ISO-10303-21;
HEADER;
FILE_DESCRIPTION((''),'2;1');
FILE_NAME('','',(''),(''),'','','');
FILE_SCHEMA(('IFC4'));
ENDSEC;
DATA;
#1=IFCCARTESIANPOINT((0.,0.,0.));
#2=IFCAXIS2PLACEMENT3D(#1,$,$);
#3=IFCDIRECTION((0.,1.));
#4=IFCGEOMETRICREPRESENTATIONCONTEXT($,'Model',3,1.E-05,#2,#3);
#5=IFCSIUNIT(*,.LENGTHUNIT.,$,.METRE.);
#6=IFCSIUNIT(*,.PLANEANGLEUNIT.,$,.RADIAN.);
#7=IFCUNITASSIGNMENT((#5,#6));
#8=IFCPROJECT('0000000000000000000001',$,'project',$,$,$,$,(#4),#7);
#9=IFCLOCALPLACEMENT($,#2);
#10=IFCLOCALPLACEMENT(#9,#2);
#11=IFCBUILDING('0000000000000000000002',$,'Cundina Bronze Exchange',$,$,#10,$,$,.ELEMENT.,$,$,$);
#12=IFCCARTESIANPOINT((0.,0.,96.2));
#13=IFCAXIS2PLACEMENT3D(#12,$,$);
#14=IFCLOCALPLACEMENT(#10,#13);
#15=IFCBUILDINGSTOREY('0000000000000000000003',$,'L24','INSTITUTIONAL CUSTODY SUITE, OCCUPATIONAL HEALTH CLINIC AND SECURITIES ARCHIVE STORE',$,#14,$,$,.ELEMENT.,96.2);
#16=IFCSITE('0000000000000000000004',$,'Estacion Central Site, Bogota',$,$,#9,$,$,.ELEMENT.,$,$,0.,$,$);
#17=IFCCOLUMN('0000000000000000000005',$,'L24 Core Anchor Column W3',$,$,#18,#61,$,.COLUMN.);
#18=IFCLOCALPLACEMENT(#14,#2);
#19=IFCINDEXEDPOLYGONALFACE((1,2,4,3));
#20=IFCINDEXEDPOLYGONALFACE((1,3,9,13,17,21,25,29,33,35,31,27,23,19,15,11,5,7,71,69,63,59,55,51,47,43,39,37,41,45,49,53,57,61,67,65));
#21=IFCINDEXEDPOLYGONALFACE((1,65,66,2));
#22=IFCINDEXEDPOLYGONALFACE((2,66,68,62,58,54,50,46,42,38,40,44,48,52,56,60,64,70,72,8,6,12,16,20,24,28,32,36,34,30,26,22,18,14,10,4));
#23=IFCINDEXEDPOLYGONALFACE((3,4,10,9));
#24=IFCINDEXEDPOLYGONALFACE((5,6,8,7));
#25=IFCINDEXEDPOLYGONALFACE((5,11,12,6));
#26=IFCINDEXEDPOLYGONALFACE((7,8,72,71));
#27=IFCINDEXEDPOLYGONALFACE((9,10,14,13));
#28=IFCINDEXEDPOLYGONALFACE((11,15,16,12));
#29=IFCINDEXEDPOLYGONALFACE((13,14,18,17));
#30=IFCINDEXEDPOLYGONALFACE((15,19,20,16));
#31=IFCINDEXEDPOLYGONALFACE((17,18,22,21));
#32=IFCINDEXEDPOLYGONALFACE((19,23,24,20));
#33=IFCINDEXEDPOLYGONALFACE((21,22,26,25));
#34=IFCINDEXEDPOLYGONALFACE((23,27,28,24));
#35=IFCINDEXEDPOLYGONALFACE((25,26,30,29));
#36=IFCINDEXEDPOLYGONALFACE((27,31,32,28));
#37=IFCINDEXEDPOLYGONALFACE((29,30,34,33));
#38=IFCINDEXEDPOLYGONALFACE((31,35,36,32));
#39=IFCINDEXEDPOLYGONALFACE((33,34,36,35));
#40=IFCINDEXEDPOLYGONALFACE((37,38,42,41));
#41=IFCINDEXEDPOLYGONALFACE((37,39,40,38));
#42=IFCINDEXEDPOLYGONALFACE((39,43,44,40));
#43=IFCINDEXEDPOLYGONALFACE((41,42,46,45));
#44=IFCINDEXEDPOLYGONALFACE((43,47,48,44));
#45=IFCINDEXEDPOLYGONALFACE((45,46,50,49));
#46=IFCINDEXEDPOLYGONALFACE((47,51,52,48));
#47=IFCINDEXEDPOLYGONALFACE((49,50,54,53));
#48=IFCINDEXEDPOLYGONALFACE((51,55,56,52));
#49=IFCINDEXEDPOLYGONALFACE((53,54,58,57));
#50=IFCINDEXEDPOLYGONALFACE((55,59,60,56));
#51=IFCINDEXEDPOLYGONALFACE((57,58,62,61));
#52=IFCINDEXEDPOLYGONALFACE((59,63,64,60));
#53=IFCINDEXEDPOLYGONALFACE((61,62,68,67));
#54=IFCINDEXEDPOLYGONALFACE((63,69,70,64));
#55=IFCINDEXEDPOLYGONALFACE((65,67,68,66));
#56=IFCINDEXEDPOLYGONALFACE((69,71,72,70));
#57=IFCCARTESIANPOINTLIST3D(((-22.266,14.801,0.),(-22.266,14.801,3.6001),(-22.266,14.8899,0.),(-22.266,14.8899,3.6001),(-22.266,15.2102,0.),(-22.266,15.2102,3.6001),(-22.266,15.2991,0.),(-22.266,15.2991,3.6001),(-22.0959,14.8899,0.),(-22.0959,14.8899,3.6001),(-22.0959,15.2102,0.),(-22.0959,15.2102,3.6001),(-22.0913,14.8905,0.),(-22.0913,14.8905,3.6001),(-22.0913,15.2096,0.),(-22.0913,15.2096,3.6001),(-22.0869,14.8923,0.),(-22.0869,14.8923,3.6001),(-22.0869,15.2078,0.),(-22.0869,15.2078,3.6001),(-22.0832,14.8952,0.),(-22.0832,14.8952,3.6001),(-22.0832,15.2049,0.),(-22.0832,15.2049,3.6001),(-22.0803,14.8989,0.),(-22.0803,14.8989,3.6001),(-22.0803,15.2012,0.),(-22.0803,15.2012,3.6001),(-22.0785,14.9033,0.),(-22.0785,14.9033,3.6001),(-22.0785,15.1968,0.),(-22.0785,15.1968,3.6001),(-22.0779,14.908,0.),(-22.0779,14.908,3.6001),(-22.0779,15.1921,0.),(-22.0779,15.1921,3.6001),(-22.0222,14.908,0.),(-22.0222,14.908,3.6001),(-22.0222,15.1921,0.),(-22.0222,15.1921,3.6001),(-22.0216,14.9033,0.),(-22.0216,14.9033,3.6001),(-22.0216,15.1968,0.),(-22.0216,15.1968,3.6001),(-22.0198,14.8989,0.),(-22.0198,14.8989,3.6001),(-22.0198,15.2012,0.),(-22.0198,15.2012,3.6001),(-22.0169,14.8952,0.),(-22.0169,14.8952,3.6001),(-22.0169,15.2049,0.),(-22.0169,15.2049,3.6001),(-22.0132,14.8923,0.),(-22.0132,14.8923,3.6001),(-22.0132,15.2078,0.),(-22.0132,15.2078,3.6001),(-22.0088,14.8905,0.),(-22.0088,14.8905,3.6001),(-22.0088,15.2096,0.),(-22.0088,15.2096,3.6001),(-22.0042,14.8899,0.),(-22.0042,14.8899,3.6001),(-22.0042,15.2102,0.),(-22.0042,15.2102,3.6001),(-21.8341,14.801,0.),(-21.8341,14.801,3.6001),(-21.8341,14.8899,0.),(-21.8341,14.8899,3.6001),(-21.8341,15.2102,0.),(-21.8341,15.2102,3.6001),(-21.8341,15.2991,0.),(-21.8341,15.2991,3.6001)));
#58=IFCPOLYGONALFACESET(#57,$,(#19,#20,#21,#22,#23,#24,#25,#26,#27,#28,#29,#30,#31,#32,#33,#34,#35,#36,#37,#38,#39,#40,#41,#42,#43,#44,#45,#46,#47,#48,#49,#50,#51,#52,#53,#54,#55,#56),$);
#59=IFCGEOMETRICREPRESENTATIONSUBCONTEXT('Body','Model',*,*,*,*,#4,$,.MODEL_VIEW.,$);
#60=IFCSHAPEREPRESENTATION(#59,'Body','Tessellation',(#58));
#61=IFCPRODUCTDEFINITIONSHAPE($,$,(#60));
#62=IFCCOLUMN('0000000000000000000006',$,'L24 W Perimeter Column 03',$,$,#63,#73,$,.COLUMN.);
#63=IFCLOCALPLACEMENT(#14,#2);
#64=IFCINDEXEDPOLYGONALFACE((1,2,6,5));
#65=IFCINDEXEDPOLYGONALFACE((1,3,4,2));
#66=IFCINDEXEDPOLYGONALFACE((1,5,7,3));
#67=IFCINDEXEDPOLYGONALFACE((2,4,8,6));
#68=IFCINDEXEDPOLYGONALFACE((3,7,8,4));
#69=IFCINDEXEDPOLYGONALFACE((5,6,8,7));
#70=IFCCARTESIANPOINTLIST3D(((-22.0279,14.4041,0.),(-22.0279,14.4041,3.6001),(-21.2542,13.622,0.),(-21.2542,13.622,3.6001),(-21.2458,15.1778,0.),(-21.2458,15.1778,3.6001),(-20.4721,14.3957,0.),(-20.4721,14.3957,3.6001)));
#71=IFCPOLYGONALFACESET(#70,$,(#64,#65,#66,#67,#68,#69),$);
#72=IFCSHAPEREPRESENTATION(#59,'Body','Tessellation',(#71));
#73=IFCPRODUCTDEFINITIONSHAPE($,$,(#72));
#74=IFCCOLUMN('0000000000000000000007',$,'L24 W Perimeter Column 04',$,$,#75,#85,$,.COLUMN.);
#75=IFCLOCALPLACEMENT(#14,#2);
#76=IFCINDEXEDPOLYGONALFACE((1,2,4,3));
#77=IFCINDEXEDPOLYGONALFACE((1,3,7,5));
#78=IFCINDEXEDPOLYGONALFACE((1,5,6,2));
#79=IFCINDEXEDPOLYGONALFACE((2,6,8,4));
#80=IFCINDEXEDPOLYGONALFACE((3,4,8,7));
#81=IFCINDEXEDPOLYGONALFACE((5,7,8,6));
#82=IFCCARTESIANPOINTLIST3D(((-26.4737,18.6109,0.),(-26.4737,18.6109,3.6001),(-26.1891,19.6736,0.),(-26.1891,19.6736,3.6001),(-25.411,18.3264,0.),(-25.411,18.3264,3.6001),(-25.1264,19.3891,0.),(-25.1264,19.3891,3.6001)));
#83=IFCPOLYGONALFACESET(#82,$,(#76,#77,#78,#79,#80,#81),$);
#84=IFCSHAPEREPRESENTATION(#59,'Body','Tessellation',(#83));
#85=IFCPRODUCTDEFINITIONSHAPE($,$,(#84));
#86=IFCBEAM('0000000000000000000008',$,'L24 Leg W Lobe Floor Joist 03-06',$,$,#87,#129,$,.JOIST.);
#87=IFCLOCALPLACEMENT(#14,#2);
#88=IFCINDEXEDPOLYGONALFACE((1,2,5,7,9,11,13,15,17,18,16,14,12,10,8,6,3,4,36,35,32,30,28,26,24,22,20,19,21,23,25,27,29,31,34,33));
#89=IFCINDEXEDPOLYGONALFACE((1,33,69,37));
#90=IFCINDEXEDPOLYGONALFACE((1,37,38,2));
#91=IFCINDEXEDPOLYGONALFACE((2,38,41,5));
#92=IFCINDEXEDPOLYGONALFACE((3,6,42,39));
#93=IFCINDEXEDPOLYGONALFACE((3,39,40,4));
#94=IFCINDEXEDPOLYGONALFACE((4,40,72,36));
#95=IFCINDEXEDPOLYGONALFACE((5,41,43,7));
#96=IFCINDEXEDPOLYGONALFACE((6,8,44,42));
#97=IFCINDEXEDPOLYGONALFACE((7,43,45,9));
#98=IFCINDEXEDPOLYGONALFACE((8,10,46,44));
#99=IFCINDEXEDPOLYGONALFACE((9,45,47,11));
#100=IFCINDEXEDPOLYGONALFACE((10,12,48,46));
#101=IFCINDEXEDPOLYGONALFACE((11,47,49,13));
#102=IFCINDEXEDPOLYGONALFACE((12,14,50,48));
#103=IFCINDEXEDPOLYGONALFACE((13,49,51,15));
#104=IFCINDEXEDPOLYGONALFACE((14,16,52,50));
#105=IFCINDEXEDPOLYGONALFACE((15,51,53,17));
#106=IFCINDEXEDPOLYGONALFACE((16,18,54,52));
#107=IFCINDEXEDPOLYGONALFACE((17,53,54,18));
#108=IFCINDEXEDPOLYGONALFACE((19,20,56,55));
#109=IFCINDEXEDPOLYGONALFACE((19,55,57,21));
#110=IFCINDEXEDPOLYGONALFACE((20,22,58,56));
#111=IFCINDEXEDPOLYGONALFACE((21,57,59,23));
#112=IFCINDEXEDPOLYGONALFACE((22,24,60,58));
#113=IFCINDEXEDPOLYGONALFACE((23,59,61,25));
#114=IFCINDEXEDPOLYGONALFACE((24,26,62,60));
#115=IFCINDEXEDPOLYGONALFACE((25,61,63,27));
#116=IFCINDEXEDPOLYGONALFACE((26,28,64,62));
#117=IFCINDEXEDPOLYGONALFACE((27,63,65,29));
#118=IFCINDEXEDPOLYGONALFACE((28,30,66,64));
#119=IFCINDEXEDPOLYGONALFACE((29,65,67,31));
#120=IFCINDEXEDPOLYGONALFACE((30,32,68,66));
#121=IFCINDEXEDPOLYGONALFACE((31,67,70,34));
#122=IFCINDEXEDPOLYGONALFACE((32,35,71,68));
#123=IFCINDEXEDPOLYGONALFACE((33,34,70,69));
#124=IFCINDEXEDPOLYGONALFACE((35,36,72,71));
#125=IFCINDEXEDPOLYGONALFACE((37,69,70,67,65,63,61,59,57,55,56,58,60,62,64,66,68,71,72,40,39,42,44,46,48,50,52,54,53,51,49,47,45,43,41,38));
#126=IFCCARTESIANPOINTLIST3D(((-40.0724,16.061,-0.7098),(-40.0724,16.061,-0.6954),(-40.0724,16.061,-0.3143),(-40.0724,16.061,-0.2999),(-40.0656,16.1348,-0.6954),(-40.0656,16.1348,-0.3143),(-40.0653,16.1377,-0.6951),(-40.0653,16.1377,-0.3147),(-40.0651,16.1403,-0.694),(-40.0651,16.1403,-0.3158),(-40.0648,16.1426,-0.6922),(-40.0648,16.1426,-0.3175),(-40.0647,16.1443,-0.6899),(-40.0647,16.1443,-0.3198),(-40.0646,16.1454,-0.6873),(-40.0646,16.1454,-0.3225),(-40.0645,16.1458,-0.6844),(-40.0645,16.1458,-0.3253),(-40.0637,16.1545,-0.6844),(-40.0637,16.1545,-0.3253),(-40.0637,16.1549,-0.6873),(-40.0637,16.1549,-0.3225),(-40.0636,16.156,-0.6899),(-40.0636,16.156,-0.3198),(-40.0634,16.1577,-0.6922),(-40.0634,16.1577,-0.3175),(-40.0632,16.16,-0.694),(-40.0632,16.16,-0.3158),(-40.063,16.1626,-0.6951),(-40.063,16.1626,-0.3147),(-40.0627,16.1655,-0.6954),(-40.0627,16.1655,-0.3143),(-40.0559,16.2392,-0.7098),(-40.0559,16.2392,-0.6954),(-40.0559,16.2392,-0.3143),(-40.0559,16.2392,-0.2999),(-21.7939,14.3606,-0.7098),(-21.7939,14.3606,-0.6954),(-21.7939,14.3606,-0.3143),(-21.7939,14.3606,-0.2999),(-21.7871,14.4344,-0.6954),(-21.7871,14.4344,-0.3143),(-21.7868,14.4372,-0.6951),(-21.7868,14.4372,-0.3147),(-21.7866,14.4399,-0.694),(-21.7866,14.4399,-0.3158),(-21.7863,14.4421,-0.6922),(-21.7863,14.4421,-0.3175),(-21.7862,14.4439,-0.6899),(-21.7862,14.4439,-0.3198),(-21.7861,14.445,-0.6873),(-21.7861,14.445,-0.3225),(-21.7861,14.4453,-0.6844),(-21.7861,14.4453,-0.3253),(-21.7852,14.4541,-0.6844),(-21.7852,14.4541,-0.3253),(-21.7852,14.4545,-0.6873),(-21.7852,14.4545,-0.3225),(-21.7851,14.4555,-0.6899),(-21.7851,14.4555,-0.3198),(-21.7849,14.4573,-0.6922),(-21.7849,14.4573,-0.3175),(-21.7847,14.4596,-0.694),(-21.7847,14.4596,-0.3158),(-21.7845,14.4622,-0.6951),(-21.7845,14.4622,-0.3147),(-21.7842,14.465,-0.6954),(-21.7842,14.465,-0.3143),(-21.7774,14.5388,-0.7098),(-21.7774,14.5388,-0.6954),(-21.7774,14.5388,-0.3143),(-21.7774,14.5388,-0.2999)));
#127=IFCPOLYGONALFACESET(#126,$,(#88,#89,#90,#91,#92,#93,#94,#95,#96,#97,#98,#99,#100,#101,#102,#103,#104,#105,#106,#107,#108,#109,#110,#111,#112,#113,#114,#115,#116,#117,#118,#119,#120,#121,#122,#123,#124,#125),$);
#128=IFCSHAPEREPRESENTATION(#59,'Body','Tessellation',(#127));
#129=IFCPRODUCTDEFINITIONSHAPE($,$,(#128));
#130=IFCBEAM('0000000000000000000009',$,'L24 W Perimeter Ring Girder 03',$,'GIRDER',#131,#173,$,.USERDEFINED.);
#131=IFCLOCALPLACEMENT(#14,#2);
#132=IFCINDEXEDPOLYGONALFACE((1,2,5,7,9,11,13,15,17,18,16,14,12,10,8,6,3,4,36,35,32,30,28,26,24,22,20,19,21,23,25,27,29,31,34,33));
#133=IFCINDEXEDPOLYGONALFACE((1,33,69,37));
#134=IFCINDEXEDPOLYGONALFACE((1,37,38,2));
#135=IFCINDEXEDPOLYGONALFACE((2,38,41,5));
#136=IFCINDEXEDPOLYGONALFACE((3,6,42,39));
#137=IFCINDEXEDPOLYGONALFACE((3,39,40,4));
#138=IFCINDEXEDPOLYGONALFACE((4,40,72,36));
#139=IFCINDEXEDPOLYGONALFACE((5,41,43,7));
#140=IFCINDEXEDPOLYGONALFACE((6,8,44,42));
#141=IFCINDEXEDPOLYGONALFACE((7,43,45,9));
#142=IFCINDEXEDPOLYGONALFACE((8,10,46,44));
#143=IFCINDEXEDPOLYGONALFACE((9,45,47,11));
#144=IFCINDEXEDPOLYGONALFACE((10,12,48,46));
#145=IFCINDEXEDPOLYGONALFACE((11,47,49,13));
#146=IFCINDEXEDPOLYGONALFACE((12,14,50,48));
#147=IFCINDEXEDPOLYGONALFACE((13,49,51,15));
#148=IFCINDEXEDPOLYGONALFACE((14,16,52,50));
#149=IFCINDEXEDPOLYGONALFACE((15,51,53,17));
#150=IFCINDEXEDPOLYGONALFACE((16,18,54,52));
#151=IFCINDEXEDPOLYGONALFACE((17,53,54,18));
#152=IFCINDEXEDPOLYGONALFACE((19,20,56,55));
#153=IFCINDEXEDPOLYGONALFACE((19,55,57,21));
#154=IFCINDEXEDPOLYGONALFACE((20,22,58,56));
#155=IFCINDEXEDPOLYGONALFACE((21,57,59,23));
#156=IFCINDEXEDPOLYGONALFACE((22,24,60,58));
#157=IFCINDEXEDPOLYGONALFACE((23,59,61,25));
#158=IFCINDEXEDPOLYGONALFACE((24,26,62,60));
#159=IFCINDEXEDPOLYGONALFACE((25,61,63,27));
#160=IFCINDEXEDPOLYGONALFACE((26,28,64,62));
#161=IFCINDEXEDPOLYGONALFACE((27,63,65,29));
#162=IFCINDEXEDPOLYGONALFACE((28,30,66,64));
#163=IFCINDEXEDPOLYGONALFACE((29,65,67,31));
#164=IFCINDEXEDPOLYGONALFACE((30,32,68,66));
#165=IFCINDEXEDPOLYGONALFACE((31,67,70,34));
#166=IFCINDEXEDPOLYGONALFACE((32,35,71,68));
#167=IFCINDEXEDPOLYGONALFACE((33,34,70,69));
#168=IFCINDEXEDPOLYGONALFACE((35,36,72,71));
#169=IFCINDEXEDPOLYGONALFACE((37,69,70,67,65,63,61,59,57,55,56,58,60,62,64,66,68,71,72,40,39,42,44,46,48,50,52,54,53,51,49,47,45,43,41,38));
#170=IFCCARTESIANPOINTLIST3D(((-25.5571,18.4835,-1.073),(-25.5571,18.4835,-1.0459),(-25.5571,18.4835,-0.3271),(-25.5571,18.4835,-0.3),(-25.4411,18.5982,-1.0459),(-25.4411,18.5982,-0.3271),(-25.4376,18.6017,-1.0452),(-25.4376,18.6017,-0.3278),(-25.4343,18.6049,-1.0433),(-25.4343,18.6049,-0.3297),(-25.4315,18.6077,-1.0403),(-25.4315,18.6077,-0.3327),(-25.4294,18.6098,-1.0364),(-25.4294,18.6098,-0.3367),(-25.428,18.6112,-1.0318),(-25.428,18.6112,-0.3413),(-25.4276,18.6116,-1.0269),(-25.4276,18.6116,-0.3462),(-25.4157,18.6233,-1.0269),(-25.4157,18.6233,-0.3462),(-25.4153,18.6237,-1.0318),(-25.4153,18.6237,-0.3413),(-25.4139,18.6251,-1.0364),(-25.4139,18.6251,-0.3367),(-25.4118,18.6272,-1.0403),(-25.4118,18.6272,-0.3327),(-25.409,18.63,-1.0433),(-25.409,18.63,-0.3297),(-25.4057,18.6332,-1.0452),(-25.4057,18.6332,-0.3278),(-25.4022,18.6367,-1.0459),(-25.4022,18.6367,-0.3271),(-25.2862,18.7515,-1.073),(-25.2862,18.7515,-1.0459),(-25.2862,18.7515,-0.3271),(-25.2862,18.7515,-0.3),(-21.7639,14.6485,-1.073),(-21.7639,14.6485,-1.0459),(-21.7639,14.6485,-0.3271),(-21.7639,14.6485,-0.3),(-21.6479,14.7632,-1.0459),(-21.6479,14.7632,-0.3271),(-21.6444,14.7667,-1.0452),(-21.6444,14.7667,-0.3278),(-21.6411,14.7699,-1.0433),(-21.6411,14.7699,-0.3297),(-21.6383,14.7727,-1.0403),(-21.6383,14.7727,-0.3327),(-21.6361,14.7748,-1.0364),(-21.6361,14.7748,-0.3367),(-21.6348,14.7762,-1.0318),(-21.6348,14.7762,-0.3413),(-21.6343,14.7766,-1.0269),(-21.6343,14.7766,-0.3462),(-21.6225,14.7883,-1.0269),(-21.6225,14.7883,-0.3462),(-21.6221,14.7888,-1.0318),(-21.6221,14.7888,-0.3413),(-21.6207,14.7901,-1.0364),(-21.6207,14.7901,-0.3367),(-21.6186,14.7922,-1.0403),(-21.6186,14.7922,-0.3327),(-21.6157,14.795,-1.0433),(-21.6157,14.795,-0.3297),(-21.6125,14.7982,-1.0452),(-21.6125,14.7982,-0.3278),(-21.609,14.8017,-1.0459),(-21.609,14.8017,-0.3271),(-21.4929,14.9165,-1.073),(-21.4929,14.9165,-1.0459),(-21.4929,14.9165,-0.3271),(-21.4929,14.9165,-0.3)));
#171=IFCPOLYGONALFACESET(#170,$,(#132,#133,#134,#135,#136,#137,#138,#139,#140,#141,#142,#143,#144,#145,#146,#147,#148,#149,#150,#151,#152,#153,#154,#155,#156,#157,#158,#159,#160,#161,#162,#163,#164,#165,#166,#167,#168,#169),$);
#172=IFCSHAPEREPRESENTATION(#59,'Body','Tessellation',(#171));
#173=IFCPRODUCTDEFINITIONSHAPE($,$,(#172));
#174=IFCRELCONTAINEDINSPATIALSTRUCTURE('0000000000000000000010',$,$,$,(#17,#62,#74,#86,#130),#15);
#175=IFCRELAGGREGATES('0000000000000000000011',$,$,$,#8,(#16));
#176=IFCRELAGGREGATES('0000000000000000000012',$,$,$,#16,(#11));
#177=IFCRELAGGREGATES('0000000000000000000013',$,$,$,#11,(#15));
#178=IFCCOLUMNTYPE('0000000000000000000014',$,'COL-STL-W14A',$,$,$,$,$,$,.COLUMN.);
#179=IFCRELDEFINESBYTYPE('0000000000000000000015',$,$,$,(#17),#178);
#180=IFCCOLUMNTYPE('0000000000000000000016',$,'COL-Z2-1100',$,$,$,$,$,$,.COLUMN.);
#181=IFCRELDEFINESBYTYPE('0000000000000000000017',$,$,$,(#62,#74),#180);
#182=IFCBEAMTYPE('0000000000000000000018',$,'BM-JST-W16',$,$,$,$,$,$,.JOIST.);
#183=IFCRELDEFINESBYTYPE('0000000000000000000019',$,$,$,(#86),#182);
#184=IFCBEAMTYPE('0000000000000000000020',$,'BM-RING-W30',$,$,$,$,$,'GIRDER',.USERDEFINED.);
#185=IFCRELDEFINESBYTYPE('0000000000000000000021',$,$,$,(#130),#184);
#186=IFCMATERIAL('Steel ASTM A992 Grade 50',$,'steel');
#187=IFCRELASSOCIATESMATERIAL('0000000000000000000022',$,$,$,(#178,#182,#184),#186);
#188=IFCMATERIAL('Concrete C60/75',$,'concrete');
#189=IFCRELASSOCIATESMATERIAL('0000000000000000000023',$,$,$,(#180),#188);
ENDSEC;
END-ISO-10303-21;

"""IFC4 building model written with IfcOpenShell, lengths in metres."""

from ifc_helpers import new_model, si_unit, direction, frame, origin, origin_2d, place, context, subcontext, project, spatial, rectangle, i_section, extrude, material, material_profile, profile_set, type_object, element, save


model = new_model("IFC4")

# Units and contexts
model_context = context("Model", 3, precision=1e-05, world=origin(), true_north=direction((0.0, 1.0)))
body_context = subcontext(model_context, "Body", "Model", "MODEL_VIEW")
ifc_project = project(units=[si_unit("LENGTHUNIT", "METRE"), si_unit("PLANEANGLEUNIT", "RADIAN")], contexts=[model_context])

# Site, building, storey
site_placement = place(None, origin())
site = spatial("IfcSite", under=ifc_project, at=site_placement, Name="Estacion Central Site, Bogota", CompositionType="ELEMENT", RefElevation=0.0)
building_placement = place(site_placement, origin())
building = spatial("IfcBuilding", under=site, at=building_placement, Name="Cundina Bronze Exchange", CompositionType="ELEMENT")
storey_placement = place(building_placement, frame((0.0, 0.0, 96.2)))
storey = spatial("IfcBuildingStorey", under=building, at=storey_placement, Name="L24", Description="INSTITUTIONAL CUSTODY SUITE, OCCUPATIONAL HEALTH CLINIC AND SECURITIES ARCHIVE STORE", CompositionType="ELEMENT", Elevation=96.2)

# Columns
ifc_material_1 = material(Name="Steel ASTM A992 Grade 50", Category="steel")
ifc_material_profile_1 = material_profile(ifc_material_1, i_section(OverallWidth=0.4319, OverallDepth=0.498, WebThickness=0.0557, FlangeThickness=0.0889, FilletRadius=0.0181, at=origin_2d()), Name="W14X500", Category="steel")
ifc_profile_set_1 = profile_set([ifc_material_profile_1], Name="Steel ASTM A992 Grade 50")
column_type_1 = type_object("IfcColumnType", Name="COL-STL-W14A", PredefinedType="COLUMN", material=ifc_profile_set_1)
column_placement = place(storey_placement, frame((-22.05, 15.05, 0.0), z_axis=(0.0, 0.0, 1.0), x_axis=(1.0, 0.0, 0.0)))
element("IfcColumn", 1, at=column_placement, inside=storey, type_object=column_type_1, Name="L24 Core Anchor Column W3", PredefinedType="COLUMN", context=body_context, shape_type="SweptSolid", body=[
    extrude(i_section(OverallWidth=0.4319, OverallDepth=0.498, WebThickness=0.0557, FlangeThickness=0.0889, FilletRadius=0.0181, at=origin_2d()), origin(), (0.0, 0.0, 1.0), 3.6001),
])
ifc_material_2 = material(Name="Concrete C60/75", Category="concrete")
ifc_material_profile_2 = material_profile(ifc_material_2, rectangle(XDim=1.1001, YDim=1.1001, at=origin_2d()), Name="RC1100X1100", Category="concrete")
ifc_profile_set_2 = profile_set([ifc_material_profile_2], Name="Concrete C60/75")
column_type_2 = type_object("IfcColumnType", Name="COL-Z2-1100", PredefinedType="COLUMN", material=ifc_profile_set_2)
for number, where, z_axis, x_axis, name in (
    (2, (-21.25, 14.3999, 0.0), (0.0, 0.0, 1.0), (-0.703271, 0.710922, 0.0), "L24 W Perimeter Column 03"),
    (3, (-25.8, 19.0, 0.0), (0.0, 0.0, 1.0), (-0.965971, 0.25865, 0.0), "L24 W Perimeter Column 04"),
):
    element("IfcColumn", number, at=place(storey_placement, frame(where, z_axis=z_axis, x_axis=x_axis)), inside=storey, type_object=column_type_2, Name=name, PredefinedType="COLUMN", context=body_context, shape_type="SweptSolid", body=[
        extrude(rectangle(XDim=1.1001, YDim=1.1001, at=origin_2d()), origin(), (0.0, 0.0, 1.0), 3.6001),
    ])

# Beams
ifc_material_profile_3 = material_profile(ifc_material_1, i_section(OverallWidth=0.179, OverallDepth=0.4099, WebThickness=0.0088, FlangeThickness=0.0144, FilletRadius=0.011, at=origin_2d()), Name="W16X45", Category="steel")
ifc_profile_set_3 = profile_set([ifc_material_profile_3], Name="Steel ASTM A992 Grade 50")
beam_type_1 = type_object("IfcBeamType", Name="BM-JST-W16", PredefinedType="JOIST", material=ifc_profile_set_3)
beam_1_placement = place(storey_placement, frame((-21.7856, 14.4497, -0.5049), z_axis=(-0.995701, 0.092629, 0.0), x_axis=(-0.092629, -0.995701, 0.0)))
element("IfcBeam", 4, at=beam_1_placement, inside=storey, type_object=beam_type_1, Name="L24 Leg W Lobe Floor Joist 03-06", PredefinedType="JOIST", context=body_context, shape_type="SweptSolid", body=[
    extrude(i_section(OverallWidth=0.179, OverallDepth=0.4099, WebThickness=0.0088, FlangeThickness=0.0144, FilletRadius=0.011, at=origin_2d()), origin(), (0.0, 0.0, 1.0), 18.3574),
])
ifc_material_profile_4 = material_profile(ifc_material_1, i_section(OverallWidth=0.3811, OverallDepth=0.7729, WebThickness=0.0166, FlangeThickness=0.0271, FilletRadius=0.019, at=origin_2d()), Name="W30X173", Category="steel")
ifc_profile_set_4 = profile_set([ifc_material_profile_4], Name="Steel ASTM A992 Grade 50")
beam_type_2 = type_object("IfcBeamType", Name="BM-RING-W30", ElementType="GIRDER", PredefinedType="USERDEFINED", material=ifc_profile_set_4)
beam_2_placement = place(storey_placement, frame((-21.6284, 14.7825, -0.6865), z_axis=(-0.703226, 0.710966, 0.0), x_axis=(-0.710966, -0.703226, 0.0)))
element("IfcBeam", 5, at=beam_2_placement, inside=storey, type_object=beam_type_2, Name="L24 W Perimeter Ring Girder 03", ObjectType="GIRDER", PredefinedType="USERDEFINED", context=body_context, shape_type="SweptSolid", body=[
    extrude(i_section(OverallWidth=0.3811, OverallDepth=0.7729, WebThickness=0.0166, FlangeThickness=0.0271, FilletRadius=0.019, at=origin_2d()), origin(), (0.0, 0.0, 1.0), 5.394),
])

save(model, "model.ifc")
